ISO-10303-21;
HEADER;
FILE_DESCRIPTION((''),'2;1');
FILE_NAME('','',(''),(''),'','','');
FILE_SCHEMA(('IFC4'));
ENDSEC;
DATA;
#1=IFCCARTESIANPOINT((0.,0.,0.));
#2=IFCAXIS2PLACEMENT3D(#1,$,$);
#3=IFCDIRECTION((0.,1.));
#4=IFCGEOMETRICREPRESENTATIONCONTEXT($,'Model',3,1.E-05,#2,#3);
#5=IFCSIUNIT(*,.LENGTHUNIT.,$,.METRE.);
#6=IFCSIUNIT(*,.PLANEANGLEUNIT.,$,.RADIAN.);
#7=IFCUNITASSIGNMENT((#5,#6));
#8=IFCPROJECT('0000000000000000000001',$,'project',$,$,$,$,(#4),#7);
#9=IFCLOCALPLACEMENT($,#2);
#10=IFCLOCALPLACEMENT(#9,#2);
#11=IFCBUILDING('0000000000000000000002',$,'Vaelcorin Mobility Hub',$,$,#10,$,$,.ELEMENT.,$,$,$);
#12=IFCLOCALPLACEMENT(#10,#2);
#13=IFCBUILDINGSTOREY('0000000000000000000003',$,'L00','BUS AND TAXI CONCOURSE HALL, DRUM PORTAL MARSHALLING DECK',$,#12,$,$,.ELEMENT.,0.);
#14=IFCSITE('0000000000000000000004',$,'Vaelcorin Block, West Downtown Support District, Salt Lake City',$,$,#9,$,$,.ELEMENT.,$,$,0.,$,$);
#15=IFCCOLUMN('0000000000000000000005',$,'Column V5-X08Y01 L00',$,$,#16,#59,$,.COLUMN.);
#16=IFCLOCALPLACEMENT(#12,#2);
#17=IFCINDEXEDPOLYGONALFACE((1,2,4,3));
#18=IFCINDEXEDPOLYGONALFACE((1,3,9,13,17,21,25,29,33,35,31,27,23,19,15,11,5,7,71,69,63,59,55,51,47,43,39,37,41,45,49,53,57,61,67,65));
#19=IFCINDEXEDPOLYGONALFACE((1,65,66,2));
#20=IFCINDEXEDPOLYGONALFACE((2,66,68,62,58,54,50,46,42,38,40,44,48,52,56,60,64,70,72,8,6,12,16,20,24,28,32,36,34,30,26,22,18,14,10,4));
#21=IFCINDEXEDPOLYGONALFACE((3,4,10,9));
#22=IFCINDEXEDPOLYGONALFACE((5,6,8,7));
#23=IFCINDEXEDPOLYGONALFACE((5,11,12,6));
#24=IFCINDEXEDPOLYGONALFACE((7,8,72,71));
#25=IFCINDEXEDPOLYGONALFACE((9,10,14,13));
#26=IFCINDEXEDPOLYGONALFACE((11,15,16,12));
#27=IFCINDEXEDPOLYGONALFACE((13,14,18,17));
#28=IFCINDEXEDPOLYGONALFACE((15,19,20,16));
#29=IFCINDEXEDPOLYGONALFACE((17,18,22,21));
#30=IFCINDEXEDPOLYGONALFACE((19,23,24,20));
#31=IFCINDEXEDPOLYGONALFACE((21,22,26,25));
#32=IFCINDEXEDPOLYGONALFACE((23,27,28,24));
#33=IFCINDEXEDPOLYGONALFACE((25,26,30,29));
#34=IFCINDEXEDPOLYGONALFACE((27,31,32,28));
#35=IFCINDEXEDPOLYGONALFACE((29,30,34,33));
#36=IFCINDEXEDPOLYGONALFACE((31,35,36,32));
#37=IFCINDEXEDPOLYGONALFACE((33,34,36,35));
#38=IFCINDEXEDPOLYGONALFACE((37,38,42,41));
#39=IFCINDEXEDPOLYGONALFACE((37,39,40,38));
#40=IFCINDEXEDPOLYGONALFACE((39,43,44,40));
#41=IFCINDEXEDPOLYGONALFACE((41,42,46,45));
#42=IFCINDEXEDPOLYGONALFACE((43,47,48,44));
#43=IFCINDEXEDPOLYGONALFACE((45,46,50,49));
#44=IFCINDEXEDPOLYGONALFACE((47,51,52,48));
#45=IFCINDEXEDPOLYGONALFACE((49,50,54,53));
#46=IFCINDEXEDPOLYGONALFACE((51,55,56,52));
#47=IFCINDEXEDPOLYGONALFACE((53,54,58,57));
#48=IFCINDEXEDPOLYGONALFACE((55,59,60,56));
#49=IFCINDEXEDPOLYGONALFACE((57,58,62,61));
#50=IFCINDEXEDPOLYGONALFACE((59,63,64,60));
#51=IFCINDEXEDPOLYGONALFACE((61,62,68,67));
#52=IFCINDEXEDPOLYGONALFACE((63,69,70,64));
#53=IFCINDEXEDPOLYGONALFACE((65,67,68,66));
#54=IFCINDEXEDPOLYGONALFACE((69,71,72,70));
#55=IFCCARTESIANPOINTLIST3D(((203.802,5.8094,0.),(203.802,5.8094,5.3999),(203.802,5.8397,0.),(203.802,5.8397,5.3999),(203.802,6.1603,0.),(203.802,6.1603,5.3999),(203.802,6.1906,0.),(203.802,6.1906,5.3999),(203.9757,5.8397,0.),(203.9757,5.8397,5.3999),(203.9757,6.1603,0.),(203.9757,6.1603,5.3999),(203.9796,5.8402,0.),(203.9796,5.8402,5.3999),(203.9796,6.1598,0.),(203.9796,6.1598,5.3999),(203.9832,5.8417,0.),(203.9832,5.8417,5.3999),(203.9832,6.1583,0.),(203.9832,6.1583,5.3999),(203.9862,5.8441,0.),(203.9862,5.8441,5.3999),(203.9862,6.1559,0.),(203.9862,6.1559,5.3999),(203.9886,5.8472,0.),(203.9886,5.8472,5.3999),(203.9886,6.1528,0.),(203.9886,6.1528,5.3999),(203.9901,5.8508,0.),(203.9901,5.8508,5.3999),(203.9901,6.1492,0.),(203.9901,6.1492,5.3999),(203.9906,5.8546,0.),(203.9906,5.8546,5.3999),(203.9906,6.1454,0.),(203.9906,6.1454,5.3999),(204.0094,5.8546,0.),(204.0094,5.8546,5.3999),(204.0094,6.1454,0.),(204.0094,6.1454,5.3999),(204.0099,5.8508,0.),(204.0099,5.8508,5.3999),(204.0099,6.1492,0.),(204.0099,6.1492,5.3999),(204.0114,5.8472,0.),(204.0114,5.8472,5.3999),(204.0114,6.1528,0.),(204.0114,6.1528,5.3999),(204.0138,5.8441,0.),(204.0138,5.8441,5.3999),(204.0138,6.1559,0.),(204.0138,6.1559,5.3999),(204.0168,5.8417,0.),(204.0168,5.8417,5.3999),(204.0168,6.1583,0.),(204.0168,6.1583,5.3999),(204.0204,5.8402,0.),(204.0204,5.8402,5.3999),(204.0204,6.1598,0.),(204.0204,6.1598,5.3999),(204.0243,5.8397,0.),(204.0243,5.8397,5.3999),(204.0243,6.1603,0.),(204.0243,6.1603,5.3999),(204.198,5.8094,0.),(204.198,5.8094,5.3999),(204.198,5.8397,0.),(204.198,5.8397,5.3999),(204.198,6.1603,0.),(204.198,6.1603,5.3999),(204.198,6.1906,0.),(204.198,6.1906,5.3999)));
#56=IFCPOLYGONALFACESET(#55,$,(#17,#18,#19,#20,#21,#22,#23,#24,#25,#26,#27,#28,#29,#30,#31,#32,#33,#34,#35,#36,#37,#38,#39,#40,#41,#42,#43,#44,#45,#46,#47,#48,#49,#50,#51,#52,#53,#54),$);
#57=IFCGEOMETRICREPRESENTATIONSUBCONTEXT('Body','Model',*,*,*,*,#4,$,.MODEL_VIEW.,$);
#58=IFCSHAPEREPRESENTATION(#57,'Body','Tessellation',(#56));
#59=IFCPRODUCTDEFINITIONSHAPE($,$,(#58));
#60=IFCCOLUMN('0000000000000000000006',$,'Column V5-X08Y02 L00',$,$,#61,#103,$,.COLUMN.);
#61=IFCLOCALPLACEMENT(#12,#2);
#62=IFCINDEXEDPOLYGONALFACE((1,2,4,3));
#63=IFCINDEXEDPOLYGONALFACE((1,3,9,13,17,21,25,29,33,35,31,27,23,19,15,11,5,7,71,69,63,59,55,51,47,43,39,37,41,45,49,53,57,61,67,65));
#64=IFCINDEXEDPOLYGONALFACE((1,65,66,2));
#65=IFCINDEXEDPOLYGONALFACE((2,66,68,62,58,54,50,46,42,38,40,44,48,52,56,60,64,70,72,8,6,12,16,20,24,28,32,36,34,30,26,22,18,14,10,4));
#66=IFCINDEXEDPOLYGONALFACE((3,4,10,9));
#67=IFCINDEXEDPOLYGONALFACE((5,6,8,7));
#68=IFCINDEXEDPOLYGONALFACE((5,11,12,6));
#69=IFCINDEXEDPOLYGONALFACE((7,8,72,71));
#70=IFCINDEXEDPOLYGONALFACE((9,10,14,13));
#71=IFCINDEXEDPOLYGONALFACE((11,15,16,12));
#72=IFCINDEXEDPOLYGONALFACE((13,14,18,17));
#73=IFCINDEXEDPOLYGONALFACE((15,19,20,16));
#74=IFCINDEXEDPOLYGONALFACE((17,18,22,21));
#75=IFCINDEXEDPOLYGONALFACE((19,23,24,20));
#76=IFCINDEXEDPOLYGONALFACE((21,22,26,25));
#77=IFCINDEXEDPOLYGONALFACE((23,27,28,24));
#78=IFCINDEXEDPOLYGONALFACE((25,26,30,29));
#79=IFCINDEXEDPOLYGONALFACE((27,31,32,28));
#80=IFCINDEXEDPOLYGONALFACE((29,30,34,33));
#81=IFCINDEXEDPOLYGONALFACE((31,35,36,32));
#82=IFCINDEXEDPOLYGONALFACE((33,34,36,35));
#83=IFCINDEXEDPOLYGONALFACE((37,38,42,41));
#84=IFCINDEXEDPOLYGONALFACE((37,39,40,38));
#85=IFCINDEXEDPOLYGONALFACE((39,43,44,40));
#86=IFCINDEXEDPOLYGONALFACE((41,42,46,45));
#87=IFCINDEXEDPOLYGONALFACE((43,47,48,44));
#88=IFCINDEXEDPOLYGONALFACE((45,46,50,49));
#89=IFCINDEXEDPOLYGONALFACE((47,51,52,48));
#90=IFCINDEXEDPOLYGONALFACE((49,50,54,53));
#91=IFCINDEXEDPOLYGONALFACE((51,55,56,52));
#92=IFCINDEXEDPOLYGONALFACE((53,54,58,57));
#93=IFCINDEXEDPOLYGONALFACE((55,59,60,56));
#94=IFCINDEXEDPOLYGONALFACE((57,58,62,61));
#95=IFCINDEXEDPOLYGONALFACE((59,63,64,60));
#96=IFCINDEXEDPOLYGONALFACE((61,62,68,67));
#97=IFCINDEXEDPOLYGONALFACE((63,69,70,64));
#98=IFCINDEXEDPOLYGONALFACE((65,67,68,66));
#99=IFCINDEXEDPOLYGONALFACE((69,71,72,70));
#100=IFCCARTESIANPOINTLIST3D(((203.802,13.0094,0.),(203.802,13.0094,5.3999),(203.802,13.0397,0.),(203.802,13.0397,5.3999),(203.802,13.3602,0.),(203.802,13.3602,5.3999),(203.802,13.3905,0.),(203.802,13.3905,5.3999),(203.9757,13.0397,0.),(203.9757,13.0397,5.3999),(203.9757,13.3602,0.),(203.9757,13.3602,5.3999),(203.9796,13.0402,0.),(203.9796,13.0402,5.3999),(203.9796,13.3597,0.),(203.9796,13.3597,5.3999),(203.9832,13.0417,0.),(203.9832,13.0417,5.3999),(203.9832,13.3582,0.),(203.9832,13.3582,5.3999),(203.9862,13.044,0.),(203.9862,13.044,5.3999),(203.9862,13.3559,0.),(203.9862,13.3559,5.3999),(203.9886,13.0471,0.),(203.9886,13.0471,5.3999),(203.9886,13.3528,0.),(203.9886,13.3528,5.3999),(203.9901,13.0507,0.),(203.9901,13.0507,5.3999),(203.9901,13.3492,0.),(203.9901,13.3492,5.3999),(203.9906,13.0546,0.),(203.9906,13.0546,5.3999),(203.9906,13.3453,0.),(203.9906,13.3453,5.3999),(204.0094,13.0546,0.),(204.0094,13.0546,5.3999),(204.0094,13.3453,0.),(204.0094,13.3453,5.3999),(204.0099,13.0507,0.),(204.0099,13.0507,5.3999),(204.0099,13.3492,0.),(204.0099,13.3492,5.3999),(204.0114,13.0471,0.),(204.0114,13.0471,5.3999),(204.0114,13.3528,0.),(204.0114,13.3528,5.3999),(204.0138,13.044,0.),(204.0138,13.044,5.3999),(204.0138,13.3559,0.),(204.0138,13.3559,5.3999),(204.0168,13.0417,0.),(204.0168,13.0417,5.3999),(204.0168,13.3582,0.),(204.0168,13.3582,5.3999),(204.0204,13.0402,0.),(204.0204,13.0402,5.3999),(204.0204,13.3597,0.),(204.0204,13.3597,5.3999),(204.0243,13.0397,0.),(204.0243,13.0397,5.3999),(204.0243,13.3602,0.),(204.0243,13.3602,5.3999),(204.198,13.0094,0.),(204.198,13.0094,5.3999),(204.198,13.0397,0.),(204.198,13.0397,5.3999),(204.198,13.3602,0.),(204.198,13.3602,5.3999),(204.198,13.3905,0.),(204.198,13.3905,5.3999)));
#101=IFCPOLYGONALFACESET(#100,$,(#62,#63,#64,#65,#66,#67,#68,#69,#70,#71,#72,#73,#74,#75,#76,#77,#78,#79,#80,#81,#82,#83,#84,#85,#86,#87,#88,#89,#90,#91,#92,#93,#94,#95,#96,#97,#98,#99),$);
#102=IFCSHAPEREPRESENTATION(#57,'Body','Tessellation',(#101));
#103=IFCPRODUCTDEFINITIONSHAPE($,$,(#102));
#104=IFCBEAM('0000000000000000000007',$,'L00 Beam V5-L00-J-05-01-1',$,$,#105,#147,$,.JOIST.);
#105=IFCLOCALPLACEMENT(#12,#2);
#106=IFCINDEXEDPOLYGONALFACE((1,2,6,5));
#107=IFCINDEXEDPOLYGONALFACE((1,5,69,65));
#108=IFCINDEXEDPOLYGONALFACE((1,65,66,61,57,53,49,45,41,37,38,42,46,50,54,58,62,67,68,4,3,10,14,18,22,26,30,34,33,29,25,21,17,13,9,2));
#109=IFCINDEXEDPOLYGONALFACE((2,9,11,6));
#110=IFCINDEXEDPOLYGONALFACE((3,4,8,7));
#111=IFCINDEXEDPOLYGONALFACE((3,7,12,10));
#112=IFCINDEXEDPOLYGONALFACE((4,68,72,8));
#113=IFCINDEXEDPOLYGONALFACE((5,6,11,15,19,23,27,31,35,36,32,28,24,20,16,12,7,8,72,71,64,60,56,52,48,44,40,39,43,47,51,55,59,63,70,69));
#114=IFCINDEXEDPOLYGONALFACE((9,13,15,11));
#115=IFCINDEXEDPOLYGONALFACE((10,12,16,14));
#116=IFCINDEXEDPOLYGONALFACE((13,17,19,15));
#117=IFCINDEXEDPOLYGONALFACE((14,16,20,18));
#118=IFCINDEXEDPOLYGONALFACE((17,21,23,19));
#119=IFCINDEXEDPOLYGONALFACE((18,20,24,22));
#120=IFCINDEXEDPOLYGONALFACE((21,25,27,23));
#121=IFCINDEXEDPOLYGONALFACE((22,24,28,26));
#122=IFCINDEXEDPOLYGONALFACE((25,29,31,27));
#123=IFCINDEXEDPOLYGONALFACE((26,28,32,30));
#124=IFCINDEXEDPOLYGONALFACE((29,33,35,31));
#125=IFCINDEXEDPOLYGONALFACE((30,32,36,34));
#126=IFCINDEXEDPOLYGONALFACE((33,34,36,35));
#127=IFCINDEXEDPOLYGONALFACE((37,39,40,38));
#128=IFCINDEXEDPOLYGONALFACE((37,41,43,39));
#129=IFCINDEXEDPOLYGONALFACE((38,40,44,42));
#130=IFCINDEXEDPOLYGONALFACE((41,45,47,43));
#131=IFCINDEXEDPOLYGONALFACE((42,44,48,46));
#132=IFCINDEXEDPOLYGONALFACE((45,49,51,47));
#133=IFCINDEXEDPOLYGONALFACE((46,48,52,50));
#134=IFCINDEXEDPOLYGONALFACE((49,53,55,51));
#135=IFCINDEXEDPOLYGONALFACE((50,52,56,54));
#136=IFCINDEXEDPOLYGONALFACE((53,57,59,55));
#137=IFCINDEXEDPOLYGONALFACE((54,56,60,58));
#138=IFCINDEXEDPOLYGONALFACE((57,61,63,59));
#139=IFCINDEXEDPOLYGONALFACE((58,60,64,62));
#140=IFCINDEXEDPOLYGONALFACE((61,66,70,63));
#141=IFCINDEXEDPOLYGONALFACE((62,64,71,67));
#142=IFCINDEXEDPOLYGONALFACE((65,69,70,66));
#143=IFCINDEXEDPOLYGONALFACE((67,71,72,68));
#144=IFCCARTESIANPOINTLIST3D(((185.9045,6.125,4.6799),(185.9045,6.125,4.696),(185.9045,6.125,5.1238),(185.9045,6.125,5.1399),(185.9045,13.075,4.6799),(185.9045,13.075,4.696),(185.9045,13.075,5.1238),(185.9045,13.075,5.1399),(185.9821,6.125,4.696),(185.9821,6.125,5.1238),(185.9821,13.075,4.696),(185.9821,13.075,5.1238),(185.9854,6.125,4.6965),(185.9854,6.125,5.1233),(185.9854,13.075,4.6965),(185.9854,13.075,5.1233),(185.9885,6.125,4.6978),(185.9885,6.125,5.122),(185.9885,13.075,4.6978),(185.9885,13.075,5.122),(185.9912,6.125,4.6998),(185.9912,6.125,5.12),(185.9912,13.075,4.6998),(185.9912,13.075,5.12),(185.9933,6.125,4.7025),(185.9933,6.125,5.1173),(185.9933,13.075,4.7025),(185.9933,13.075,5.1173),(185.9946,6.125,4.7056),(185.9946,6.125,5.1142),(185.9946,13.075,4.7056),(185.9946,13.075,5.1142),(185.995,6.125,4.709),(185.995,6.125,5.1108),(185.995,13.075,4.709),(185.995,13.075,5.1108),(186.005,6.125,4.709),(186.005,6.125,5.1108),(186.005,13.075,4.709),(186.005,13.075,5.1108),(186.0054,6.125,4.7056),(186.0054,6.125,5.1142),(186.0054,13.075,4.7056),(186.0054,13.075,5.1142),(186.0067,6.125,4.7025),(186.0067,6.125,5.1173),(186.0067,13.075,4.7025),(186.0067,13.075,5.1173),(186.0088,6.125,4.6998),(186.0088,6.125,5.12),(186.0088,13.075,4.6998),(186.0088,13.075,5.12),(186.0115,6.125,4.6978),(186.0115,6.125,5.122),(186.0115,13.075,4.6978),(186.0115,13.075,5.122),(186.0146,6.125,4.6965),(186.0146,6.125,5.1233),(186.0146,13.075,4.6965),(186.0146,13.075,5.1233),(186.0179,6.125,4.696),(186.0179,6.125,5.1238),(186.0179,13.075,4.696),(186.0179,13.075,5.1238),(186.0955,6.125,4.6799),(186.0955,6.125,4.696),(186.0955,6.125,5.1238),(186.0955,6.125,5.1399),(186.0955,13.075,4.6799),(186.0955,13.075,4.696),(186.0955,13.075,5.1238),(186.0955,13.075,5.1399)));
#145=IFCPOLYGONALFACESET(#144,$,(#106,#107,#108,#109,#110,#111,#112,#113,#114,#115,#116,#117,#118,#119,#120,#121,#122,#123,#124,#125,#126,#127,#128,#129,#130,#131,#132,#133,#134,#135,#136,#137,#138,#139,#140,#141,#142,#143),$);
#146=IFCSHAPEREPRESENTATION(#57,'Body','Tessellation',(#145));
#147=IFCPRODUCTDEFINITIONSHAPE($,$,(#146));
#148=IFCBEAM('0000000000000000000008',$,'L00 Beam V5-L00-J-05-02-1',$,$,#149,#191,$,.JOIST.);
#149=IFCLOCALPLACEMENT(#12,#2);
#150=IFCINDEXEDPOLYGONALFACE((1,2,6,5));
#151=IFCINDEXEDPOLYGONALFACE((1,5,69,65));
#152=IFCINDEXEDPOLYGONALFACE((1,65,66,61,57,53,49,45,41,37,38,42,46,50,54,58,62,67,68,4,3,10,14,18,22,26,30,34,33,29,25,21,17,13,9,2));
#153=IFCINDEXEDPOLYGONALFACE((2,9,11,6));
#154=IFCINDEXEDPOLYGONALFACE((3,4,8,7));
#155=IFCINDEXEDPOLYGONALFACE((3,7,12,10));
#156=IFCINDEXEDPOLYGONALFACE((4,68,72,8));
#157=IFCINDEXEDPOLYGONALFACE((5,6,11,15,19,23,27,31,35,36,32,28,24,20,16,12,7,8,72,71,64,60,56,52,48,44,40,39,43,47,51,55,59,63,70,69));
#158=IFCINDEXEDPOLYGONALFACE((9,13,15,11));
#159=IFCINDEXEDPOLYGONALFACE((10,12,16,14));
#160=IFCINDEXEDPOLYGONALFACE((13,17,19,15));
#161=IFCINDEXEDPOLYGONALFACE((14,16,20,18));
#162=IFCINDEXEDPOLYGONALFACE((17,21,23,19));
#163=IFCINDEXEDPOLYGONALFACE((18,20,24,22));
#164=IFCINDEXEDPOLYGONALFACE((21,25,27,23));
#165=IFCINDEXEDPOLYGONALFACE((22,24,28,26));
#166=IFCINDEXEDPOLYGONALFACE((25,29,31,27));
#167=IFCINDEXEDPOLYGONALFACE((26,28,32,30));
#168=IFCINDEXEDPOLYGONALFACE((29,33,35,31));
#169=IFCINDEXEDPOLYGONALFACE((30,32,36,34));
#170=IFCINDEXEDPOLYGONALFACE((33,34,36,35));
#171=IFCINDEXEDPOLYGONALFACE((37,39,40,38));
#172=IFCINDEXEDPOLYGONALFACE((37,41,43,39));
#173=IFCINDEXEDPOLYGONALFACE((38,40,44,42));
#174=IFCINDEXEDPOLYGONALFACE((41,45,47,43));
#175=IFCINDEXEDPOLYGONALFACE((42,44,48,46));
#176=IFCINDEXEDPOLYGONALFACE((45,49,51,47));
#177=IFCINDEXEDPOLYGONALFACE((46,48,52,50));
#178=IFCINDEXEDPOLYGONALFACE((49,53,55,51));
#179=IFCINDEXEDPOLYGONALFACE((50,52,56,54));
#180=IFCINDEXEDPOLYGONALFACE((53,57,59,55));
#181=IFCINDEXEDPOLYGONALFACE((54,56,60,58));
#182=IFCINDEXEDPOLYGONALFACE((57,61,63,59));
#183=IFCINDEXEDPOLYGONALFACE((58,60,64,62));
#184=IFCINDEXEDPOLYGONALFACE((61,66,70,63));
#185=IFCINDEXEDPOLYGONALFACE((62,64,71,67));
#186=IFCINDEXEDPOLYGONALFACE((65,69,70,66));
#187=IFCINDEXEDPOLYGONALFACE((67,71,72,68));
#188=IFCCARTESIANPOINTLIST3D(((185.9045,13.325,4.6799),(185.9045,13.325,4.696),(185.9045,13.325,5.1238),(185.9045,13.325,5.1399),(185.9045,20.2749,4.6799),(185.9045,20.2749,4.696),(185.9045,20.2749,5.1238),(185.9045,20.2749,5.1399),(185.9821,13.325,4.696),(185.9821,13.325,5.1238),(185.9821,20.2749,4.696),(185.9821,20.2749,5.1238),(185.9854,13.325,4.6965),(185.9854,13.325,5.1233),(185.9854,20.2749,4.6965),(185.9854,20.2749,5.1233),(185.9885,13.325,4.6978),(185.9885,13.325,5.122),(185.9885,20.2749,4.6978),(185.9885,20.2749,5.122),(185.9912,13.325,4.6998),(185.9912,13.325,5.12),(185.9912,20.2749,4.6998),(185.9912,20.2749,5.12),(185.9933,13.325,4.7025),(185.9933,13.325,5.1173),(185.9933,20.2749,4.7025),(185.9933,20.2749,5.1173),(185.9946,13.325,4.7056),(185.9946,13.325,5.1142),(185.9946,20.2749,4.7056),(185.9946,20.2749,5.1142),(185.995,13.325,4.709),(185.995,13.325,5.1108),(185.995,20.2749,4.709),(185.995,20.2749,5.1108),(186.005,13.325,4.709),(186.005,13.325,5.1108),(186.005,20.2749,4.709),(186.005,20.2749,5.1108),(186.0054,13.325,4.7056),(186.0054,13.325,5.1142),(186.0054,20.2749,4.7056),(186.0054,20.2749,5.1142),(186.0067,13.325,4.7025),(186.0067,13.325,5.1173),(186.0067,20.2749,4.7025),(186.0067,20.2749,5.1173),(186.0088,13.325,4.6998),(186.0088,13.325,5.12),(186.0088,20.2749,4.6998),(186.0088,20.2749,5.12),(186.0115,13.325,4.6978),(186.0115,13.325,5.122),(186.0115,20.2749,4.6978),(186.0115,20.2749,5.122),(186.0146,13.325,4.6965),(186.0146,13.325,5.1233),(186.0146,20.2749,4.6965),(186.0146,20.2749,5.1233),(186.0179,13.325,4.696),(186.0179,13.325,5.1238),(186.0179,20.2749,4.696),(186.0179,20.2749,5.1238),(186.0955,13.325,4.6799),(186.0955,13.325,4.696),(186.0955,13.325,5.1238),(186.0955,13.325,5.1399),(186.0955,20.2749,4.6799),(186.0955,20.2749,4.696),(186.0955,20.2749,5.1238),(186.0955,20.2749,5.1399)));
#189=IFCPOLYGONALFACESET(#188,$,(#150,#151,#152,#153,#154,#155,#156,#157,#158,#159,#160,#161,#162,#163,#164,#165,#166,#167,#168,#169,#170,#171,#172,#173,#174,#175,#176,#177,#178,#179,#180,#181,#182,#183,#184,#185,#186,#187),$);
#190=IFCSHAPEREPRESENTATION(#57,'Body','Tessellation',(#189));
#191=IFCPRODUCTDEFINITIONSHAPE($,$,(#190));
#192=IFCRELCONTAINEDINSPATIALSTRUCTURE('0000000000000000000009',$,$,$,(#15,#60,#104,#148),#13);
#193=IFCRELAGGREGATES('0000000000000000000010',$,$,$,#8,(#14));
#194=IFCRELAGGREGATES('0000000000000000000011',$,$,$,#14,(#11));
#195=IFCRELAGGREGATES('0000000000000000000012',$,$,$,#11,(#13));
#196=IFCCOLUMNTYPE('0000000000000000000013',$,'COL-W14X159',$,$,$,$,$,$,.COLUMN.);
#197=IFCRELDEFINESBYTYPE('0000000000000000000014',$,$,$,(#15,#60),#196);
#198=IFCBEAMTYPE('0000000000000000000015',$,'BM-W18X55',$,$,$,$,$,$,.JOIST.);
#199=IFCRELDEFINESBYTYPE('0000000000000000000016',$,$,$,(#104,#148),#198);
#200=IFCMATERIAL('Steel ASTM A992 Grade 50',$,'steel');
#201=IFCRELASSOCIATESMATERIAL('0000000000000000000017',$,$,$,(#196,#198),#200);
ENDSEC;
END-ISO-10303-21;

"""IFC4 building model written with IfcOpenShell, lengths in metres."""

from ifc_helpers import new_model, si_unit, direction, frame, origin, origin_2d, place, context, subcontext, project, spatial, i_section, extrude, material, material_profile, profile_set, type_object, element, save


model = new_model("IFC4")

# Units and contexts
model_context = context("Model", 3, precision=1e-05, world=origin(), true_north=direction((0.0, 1.0)))
body_context = subcontext(model_context, "Body", "Model", "MODEL_VIEW")
ifc_project = project(units=[si_unit("LENGTHUNIT", "METRE"), si_unit("PLANEANGLEUNIT", "RADIAN")], contexts=[model_context])

# Site, building, storey
site_placement = place(None, origin())
site = spatial("IfcSite", under=ifc_project, at=site_placement, Name="Vaelcorin Block, West Downtown Support District, Salt Lake City", CompositionType="ELEMENT", RefElevation=0.0)
building_placement = place(site_placement, origin())
building = spatial("IfcBuilding", under=site, at=building_placement, Name="Vaelcorin Mobility Hub", CompositionType="ELEMENT")
storey_placement = place(building_placement, origin())
storey = spatial("IfcBuildingStorey", under=building, at=storey_placement, Name="L00", Description="BUS AND TAXI CONCOURSE HALL, DRUM PORTAL MARSHALLING DECK", CompositionType="ELEMENT", Elevation=0.0)

# Columns
ifc_material_1 = material(Name="Steel ASTM A992 Grade 50", Category="steel")
ifc_material_profile_1 = material_profile(ifc_material_1, i_section(OverallWidth=0.396, OverallDepth=0.3811, WebThickness=0.0188, FlangeThickness=0.0303, FilletRadius=0.0149, at=origin_2d()), Name="W14X159")
ifc_profile_set_1 = profile_set([ifc_material_profile_1], Name="Steel ASTM A992 Grade 50")
column_type = type_object("IfcColumnType", Name="COL-W14X159", PredefinedType="COLUMN", material=ifc_profile_set_1)
for number, where, z_axis, x_axis, name in (
    (1, (204.0, 6.0, 0.0), (0.0, 0.0, 1.0), (1.0, 0.0, 0.0), "Column V5-X08Y01 L00"),
    (2, (204.0, 13.2, 0.0), (0.0, 0.0, 1.0), (1.0, 0.0, 0.0), "Column V5-X08Y02 L00"),
):
    element("IfcColumn", number, at=place(storey_placement, frame(where, z_axis=z_axis, x_axis=x_axis)), inside=storey, type_object=column_type, Name=name, PredefinedType="COLUMN", context=body_context, shape_type="SweptSolid", body=[
        extrude(i_section(OverallWidth=0.396, OverallDepth=0.3811, WebThickness=0.0188, FlangeThickness=0.0303, FilletRadius=0.0149, at=origin_2d()), origin(), (0.0, 0.0, 1.0), 5.3999),
    ])

# Beams
ifc_material_profile_2 = material_profile(ifc_material_1, i_section(OverallWidth=0.1909, OverallDepth=0.46, WebThickness=0.01, FlangeThickness=0.0161, FilletRadius=0.0129, at=origin_2d()), Name="W18X55")
ifc_profile_set_2 = profile_set([ifc_material_profile_2], Name="Steel ASTM A992 Grade 50")
beam_type_1 = type_object("IfcBeamType", Name="BM-W18X55", PredefinedType="JOIST", material=ifc_profile_set_2)
for number, where, z_axis, x_axis, name in (
    (3, (186.0, 6.125, 4.9099), (0.0, 1.0, 0.0), (-1.0, 0.0, 0.0), "L00 Beam V5-L00-J-05-01-1"),
    (4, (186.0, 13.325, 4.9099), (0.0, 1.0, 0.0), (-1.0, 0.0, 0.0), "L00 Beam V5-L00-J-05-02-1"),
):
    element("IfcBeam", number, at=place(storey_placement, frame(where, z_axis=z_axis, x_axis=x_axis)), inside=storey, type_object=beam_type_1, Name=name, PredefinedType="JOIST", context=body_context, shape_type="SweptSolid", body=[
        extrude(i_section(OverallWidth=0.1909, OverallDepth=0.46, WebThickness=0.01, FlangeThickness=0.0161, FilletRadius=0.0129, at=origin_2d()), origin(), (0.0, 0.0, 1.0), 6.95),
    ])

save(model, "model.ifc")
